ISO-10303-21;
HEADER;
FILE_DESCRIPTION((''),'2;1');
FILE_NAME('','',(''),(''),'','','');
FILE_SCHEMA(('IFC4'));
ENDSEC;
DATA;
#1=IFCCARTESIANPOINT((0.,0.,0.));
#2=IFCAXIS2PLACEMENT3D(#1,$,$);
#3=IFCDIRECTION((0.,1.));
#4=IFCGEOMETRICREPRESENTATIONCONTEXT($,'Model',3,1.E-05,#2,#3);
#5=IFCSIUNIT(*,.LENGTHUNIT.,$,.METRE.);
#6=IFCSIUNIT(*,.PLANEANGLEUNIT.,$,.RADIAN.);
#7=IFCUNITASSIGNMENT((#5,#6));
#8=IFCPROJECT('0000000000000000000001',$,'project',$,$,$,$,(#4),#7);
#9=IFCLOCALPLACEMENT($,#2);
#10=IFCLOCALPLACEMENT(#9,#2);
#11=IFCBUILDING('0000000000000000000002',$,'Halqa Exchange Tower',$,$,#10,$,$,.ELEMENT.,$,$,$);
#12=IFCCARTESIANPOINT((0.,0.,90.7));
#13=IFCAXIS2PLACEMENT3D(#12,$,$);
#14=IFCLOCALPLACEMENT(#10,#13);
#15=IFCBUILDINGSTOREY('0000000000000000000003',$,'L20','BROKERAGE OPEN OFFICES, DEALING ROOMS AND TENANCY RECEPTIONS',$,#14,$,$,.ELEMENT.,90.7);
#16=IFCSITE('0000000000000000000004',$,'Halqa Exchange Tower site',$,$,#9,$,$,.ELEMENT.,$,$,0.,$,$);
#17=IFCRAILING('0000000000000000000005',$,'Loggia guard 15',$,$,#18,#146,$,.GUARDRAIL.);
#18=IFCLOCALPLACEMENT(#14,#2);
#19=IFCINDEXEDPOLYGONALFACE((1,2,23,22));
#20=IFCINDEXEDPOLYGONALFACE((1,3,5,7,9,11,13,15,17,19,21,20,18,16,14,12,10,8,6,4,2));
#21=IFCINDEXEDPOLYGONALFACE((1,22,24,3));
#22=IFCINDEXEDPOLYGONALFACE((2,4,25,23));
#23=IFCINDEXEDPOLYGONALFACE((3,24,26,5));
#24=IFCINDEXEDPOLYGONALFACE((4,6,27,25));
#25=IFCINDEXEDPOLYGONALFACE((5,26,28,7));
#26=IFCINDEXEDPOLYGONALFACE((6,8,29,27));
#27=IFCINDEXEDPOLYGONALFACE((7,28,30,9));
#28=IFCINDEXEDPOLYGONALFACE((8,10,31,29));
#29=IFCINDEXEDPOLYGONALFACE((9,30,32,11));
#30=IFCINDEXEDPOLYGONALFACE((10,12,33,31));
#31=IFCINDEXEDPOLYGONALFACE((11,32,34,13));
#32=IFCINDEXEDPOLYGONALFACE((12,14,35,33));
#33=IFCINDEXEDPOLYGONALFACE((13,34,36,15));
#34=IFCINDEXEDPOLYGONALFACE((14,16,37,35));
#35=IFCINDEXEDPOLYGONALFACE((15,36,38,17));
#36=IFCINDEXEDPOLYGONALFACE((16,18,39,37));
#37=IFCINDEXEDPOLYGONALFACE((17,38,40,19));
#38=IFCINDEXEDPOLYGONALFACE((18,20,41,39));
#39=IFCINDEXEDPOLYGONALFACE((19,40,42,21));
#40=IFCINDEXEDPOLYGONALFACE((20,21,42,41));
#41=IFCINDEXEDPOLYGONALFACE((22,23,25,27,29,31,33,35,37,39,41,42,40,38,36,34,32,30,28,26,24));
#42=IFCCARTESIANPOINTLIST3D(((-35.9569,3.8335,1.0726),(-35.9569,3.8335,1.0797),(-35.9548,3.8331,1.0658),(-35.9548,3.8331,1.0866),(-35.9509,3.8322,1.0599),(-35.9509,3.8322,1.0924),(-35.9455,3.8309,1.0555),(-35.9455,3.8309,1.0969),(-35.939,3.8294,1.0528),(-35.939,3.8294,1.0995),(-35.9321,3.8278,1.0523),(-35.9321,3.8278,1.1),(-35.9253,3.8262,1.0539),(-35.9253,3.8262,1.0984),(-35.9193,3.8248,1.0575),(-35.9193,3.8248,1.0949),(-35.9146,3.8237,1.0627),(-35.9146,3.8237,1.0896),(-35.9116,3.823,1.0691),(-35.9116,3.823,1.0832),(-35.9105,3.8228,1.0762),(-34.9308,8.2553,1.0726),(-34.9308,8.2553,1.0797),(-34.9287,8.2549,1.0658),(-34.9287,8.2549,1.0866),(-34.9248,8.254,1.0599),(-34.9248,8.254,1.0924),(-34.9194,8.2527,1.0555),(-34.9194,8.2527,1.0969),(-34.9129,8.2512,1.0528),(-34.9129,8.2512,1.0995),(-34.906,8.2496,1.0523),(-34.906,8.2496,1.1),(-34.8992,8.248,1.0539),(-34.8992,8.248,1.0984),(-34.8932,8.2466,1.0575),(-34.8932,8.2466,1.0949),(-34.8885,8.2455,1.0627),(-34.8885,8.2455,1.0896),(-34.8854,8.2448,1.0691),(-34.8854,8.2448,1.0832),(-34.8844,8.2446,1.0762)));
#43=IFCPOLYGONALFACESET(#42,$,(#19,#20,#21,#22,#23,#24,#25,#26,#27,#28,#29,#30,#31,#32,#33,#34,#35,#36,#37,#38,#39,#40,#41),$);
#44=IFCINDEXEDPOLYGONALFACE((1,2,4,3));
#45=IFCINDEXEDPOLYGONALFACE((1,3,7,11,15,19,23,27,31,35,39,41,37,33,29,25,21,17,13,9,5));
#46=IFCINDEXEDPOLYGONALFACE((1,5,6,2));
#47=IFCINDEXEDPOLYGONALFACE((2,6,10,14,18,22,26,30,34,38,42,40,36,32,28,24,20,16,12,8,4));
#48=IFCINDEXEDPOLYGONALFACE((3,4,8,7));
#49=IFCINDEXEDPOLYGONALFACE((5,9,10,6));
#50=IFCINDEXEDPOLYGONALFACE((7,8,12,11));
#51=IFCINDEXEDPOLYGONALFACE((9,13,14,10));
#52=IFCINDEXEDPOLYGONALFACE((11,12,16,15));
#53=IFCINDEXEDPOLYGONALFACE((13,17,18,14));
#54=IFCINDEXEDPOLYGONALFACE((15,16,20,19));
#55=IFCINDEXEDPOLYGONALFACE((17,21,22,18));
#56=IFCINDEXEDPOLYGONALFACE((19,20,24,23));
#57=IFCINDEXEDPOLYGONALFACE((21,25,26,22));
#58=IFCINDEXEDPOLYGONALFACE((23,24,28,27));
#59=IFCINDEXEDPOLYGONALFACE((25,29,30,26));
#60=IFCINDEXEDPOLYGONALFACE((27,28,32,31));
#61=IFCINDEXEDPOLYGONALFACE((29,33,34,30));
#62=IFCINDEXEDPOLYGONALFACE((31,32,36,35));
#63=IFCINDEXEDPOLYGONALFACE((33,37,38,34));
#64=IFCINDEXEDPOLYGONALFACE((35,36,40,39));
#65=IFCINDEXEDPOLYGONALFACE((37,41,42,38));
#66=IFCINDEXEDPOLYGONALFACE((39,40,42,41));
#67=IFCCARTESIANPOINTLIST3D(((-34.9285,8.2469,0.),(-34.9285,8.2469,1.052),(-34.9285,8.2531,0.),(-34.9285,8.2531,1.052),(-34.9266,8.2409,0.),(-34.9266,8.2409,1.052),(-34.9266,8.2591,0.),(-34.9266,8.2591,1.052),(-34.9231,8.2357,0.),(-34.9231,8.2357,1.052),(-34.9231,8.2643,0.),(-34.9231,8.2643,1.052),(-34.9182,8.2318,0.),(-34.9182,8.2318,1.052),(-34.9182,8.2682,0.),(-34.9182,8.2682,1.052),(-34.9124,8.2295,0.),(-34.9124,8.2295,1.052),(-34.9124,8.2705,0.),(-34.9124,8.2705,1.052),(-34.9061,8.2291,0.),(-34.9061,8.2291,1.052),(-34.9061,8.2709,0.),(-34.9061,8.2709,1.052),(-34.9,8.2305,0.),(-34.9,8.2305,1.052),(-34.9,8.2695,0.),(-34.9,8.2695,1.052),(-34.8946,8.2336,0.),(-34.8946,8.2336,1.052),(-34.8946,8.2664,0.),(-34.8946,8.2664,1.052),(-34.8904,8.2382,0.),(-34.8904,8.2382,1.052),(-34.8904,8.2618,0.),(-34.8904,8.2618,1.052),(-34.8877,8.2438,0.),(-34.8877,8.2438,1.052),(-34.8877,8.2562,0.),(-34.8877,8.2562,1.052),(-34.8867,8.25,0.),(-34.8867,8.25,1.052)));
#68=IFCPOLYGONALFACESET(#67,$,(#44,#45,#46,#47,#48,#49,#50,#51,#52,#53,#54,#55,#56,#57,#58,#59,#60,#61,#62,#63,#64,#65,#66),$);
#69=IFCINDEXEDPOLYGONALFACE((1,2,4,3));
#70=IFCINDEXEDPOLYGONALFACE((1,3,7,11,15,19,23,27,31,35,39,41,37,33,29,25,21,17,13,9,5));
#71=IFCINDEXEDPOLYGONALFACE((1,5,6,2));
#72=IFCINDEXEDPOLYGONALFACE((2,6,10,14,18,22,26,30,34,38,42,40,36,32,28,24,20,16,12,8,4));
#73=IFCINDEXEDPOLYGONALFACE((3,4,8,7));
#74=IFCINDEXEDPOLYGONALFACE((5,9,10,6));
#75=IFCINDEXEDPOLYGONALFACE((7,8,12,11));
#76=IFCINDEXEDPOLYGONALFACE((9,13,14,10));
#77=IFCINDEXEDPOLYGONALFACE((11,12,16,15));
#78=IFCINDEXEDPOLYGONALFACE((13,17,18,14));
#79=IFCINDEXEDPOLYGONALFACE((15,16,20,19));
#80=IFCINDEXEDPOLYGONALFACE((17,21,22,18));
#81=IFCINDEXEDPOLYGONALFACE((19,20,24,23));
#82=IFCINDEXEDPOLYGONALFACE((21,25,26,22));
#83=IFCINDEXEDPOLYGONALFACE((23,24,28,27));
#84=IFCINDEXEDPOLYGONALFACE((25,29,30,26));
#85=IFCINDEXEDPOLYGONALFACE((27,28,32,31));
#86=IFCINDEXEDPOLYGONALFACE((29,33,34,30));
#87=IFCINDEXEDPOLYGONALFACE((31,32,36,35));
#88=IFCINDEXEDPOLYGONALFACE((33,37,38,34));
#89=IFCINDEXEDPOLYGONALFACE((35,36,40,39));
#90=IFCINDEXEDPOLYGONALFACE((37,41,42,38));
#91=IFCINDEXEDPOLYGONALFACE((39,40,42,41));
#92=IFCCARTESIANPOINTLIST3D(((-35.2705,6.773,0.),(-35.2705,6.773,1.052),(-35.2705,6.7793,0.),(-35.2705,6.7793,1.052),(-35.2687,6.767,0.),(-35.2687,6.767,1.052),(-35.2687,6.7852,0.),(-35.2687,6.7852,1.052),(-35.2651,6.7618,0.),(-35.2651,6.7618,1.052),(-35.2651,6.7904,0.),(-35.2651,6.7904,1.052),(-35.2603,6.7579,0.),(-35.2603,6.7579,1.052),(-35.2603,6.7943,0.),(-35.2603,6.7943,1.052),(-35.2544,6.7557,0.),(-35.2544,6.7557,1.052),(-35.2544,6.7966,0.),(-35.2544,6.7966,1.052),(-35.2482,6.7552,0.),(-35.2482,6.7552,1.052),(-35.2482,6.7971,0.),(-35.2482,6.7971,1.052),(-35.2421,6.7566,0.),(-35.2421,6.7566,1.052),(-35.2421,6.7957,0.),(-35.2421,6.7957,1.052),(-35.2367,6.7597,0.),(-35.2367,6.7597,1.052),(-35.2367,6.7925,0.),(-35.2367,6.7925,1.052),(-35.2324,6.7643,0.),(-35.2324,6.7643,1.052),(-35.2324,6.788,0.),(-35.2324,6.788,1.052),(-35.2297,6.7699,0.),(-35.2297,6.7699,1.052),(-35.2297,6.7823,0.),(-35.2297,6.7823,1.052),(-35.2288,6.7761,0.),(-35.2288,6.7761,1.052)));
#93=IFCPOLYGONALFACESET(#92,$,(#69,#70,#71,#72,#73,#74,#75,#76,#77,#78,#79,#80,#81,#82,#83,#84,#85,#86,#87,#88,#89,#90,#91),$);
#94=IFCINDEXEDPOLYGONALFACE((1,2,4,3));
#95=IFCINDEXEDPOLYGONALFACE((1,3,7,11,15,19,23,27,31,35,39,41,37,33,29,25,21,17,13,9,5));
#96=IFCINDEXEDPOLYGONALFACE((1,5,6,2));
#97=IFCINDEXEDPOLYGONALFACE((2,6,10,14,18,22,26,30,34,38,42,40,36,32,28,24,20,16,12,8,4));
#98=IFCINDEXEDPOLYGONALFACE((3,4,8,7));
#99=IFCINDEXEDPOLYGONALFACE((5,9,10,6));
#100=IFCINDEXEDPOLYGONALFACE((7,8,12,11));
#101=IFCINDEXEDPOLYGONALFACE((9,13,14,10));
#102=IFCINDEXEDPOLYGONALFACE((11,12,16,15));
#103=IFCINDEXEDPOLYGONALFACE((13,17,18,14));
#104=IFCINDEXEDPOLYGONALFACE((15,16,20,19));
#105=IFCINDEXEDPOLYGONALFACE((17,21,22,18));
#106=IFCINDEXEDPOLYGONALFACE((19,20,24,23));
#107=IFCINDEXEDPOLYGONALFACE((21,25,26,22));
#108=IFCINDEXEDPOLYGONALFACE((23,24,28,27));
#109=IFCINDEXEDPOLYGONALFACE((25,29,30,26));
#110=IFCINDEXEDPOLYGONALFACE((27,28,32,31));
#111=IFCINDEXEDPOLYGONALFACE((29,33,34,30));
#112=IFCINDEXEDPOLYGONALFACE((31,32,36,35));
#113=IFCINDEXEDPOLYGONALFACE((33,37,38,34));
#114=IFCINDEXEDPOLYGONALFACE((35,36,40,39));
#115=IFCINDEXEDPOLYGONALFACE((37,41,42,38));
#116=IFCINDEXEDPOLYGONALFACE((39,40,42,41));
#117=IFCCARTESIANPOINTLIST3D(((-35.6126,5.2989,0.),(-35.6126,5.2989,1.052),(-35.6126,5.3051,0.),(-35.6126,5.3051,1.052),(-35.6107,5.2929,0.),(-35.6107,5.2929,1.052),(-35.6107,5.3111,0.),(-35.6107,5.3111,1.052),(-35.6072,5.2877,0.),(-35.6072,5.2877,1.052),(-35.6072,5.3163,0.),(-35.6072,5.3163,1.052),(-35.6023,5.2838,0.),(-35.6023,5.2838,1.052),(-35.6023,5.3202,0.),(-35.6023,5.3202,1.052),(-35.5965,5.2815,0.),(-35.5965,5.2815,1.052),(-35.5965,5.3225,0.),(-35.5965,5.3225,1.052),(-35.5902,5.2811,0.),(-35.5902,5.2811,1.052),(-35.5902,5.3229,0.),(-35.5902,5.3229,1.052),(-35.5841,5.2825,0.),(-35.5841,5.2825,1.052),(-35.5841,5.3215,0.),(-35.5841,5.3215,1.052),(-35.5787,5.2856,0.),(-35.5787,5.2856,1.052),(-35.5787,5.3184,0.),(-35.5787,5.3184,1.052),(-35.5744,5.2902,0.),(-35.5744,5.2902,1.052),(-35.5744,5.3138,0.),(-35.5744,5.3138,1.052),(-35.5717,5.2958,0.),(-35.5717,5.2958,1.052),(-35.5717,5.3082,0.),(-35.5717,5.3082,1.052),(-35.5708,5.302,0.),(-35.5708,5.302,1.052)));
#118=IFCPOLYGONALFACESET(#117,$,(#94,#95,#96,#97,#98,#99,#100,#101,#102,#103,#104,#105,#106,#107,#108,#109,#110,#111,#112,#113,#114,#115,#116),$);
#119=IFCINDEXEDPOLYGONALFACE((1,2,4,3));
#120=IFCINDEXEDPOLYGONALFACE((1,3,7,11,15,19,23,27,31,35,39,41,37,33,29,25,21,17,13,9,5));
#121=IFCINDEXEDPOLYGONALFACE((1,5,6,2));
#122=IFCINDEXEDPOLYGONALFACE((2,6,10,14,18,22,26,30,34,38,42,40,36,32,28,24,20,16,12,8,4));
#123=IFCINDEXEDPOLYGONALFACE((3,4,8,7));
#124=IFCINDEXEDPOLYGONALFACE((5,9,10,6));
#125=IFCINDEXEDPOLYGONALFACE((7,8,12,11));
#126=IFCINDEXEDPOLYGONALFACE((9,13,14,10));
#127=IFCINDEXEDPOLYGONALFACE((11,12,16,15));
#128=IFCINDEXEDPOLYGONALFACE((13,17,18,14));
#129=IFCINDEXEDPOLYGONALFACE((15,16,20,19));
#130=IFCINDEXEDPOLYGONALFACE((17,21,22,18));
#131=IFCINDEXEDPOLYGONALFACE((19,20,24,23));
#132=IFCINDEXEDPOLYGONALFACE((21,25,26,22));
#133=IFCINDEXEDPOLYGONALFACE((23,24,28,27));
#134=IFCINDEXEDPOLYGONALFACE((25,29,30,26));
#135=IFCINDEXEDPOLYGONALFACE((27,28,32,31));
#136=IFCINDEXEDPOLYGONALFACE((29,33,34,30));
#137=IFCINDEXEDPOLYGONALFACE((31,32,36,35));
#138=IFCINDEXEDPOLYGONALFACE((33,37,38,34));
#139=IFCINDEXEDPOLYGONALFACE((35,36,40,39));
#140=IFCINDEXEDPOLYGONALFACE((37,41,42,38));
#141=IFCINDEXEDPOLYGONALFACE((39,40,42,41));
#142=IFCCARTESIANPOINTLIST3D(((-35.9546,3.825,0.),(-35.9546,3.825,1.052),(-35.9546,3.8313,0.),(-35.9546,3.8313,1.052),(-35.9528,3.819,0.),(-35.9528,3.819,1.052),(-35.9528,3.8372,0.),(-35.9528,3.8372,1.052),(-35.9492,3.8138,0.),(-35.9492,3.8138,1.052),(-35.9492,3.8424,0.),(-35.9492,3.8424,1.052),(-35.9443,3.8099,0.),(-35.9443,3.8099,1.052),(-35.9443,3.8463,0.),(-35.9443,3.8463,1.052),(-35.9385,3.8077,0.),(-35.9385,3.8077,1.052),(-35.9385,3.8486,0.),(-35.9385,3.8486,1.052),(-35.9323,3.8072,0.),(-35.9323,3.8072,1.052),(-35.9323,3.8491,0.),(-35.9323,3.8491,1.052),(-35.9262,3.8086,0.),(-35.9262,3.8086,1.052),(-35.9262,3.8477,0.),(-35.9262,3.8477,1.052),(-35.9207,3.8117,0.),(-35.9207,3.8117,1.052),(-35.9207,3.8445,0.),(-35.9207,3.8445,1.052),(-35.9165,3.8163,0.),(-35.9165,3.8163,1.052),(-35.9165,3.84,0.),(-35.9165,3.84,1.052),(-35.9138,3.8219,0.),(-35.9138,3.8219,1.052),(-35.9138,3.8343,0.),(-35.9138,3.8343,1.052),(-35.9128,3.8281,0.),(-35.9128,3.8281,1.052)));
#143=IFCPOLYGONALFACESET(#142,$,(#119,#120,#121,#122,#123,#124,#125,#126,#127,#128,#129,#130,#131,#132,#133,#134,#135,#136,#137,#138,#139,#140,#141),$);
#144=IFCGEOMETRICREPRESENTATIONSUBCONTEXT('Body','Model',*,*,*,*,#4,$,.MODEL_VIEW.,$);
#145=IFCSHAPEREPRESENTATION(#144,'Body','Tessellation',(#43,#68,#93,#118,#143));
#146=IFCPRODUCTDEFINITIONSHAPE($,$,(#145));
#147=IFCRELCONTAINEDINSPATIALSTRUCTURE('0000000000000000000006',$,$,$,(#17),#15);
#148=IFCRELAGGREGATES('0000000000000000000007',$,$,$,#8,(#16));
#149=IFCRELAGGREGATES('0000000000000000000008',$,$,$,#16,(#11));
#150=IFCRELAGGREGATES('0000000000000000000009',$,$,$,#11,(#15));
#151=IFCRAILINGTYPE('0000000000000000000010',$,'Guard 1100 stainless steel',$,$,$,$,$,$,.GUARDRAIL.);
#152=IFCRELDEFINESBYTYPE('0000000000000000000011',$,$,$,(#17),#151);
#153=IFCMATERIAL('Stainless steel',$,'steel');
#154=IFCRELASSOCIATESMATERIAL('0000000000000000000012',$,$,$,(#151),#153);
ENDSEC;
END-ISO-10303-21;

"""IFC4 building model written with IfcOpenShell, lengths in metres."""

from ifc_helpers import new_model, si_unit, direction, frame, origin, origin_2d, place, context, subcontext, project, spatial, circle, extrude, material, type_object, element, save


model = new_model("IFC4")

# Units and contexts
model_context = context("Model", 3, precision=1e-05, world=origin(), true_north=direction((0.0, 1.0)))
body_context = subcontext(model_context, "Body", "Model", "MODEL_VIEW")
ifc_project = project(units=[si_unit("LENGTHUNIT", "METRE"), si_unit("PLANEANGLEUNIT", "RADIAN")], contexts=[model_context])

# Site, building, storey
site_placement = place(None, origin())
site = spatial("IfcSite", under=ifc_project, at=site_placement, Name="Halqa Exchange Tower site", CompositionType="ELEMENT", RefElevation=0.0)
building_placement = place(site_placement, origin())
building = spatial("IfcBuilding", under=site, at=building_placement, Name="Halqa Exchange Tower", CompositionType="ELEMENT")
storey_placement = place(building_placement, frame((0.0, 0.0, 90.7)))
storey = spatial("IfcBuildingStorey", under=building, at=storey_placement, Name="L20", Description="BROKERAGE OPEN OFFICES, DEALING ROOMS AND TENANCY RECEPTIONS", CompositionType="ELEMENT", Elevation=90.7)

# Railing
ifc_material_1 = material(Name="Stainless steel", Category="steel")
railing_type = type_object("IfcRailingType", Name="Guard 1100 stainless steel", PredefinedType="GUARDRAIL", material=ifc_material_1)
railing_1_placement = place(storey_placement, frame((-34.9077, 8.25, 0.0)))
element("IfcRailing", 1, at=railing_1_placement, inside=storey, type_object=railing_type, Name="Loggia guard 15", PredefinedType="GUARDRAIL", context=body_context, shape_type="SweptSolid", body=[
    extrude(circle(Radius=0.0239, at=origin_2d()), frame((0.0, 0.0, 1.0762), z_axis=(-0.22605, -0.974116, 0.0), x_axis=(0.974116, -0.22605, 0.0)), (0.0, 0.0, 1.0), 4.5393),
    extrude(circle(Radius=0.021, at=origin_2d()), origin(), (0.0, 0.0, 1.0), 1.052),
    extrude(circle(Radius=0.021, at=origin_2d()), frame((-0.342, -1.4739, 0.0)), (0.0, 0.0, 1.0), 1.052),
    extrude(circle(Radius=0.021, at=origin_2d()), frame((-0.6841, -2.948, 0.0)), (0.0, 0.0, 1.0), 1.052),
    extrude(circle(Radius=0.021, at=origin_2d()), frame((-1.0261, -4.4219, 0.0)), (0.0, 0.0, 1.0), 1.052),
])

save(model, "model.ifc")
